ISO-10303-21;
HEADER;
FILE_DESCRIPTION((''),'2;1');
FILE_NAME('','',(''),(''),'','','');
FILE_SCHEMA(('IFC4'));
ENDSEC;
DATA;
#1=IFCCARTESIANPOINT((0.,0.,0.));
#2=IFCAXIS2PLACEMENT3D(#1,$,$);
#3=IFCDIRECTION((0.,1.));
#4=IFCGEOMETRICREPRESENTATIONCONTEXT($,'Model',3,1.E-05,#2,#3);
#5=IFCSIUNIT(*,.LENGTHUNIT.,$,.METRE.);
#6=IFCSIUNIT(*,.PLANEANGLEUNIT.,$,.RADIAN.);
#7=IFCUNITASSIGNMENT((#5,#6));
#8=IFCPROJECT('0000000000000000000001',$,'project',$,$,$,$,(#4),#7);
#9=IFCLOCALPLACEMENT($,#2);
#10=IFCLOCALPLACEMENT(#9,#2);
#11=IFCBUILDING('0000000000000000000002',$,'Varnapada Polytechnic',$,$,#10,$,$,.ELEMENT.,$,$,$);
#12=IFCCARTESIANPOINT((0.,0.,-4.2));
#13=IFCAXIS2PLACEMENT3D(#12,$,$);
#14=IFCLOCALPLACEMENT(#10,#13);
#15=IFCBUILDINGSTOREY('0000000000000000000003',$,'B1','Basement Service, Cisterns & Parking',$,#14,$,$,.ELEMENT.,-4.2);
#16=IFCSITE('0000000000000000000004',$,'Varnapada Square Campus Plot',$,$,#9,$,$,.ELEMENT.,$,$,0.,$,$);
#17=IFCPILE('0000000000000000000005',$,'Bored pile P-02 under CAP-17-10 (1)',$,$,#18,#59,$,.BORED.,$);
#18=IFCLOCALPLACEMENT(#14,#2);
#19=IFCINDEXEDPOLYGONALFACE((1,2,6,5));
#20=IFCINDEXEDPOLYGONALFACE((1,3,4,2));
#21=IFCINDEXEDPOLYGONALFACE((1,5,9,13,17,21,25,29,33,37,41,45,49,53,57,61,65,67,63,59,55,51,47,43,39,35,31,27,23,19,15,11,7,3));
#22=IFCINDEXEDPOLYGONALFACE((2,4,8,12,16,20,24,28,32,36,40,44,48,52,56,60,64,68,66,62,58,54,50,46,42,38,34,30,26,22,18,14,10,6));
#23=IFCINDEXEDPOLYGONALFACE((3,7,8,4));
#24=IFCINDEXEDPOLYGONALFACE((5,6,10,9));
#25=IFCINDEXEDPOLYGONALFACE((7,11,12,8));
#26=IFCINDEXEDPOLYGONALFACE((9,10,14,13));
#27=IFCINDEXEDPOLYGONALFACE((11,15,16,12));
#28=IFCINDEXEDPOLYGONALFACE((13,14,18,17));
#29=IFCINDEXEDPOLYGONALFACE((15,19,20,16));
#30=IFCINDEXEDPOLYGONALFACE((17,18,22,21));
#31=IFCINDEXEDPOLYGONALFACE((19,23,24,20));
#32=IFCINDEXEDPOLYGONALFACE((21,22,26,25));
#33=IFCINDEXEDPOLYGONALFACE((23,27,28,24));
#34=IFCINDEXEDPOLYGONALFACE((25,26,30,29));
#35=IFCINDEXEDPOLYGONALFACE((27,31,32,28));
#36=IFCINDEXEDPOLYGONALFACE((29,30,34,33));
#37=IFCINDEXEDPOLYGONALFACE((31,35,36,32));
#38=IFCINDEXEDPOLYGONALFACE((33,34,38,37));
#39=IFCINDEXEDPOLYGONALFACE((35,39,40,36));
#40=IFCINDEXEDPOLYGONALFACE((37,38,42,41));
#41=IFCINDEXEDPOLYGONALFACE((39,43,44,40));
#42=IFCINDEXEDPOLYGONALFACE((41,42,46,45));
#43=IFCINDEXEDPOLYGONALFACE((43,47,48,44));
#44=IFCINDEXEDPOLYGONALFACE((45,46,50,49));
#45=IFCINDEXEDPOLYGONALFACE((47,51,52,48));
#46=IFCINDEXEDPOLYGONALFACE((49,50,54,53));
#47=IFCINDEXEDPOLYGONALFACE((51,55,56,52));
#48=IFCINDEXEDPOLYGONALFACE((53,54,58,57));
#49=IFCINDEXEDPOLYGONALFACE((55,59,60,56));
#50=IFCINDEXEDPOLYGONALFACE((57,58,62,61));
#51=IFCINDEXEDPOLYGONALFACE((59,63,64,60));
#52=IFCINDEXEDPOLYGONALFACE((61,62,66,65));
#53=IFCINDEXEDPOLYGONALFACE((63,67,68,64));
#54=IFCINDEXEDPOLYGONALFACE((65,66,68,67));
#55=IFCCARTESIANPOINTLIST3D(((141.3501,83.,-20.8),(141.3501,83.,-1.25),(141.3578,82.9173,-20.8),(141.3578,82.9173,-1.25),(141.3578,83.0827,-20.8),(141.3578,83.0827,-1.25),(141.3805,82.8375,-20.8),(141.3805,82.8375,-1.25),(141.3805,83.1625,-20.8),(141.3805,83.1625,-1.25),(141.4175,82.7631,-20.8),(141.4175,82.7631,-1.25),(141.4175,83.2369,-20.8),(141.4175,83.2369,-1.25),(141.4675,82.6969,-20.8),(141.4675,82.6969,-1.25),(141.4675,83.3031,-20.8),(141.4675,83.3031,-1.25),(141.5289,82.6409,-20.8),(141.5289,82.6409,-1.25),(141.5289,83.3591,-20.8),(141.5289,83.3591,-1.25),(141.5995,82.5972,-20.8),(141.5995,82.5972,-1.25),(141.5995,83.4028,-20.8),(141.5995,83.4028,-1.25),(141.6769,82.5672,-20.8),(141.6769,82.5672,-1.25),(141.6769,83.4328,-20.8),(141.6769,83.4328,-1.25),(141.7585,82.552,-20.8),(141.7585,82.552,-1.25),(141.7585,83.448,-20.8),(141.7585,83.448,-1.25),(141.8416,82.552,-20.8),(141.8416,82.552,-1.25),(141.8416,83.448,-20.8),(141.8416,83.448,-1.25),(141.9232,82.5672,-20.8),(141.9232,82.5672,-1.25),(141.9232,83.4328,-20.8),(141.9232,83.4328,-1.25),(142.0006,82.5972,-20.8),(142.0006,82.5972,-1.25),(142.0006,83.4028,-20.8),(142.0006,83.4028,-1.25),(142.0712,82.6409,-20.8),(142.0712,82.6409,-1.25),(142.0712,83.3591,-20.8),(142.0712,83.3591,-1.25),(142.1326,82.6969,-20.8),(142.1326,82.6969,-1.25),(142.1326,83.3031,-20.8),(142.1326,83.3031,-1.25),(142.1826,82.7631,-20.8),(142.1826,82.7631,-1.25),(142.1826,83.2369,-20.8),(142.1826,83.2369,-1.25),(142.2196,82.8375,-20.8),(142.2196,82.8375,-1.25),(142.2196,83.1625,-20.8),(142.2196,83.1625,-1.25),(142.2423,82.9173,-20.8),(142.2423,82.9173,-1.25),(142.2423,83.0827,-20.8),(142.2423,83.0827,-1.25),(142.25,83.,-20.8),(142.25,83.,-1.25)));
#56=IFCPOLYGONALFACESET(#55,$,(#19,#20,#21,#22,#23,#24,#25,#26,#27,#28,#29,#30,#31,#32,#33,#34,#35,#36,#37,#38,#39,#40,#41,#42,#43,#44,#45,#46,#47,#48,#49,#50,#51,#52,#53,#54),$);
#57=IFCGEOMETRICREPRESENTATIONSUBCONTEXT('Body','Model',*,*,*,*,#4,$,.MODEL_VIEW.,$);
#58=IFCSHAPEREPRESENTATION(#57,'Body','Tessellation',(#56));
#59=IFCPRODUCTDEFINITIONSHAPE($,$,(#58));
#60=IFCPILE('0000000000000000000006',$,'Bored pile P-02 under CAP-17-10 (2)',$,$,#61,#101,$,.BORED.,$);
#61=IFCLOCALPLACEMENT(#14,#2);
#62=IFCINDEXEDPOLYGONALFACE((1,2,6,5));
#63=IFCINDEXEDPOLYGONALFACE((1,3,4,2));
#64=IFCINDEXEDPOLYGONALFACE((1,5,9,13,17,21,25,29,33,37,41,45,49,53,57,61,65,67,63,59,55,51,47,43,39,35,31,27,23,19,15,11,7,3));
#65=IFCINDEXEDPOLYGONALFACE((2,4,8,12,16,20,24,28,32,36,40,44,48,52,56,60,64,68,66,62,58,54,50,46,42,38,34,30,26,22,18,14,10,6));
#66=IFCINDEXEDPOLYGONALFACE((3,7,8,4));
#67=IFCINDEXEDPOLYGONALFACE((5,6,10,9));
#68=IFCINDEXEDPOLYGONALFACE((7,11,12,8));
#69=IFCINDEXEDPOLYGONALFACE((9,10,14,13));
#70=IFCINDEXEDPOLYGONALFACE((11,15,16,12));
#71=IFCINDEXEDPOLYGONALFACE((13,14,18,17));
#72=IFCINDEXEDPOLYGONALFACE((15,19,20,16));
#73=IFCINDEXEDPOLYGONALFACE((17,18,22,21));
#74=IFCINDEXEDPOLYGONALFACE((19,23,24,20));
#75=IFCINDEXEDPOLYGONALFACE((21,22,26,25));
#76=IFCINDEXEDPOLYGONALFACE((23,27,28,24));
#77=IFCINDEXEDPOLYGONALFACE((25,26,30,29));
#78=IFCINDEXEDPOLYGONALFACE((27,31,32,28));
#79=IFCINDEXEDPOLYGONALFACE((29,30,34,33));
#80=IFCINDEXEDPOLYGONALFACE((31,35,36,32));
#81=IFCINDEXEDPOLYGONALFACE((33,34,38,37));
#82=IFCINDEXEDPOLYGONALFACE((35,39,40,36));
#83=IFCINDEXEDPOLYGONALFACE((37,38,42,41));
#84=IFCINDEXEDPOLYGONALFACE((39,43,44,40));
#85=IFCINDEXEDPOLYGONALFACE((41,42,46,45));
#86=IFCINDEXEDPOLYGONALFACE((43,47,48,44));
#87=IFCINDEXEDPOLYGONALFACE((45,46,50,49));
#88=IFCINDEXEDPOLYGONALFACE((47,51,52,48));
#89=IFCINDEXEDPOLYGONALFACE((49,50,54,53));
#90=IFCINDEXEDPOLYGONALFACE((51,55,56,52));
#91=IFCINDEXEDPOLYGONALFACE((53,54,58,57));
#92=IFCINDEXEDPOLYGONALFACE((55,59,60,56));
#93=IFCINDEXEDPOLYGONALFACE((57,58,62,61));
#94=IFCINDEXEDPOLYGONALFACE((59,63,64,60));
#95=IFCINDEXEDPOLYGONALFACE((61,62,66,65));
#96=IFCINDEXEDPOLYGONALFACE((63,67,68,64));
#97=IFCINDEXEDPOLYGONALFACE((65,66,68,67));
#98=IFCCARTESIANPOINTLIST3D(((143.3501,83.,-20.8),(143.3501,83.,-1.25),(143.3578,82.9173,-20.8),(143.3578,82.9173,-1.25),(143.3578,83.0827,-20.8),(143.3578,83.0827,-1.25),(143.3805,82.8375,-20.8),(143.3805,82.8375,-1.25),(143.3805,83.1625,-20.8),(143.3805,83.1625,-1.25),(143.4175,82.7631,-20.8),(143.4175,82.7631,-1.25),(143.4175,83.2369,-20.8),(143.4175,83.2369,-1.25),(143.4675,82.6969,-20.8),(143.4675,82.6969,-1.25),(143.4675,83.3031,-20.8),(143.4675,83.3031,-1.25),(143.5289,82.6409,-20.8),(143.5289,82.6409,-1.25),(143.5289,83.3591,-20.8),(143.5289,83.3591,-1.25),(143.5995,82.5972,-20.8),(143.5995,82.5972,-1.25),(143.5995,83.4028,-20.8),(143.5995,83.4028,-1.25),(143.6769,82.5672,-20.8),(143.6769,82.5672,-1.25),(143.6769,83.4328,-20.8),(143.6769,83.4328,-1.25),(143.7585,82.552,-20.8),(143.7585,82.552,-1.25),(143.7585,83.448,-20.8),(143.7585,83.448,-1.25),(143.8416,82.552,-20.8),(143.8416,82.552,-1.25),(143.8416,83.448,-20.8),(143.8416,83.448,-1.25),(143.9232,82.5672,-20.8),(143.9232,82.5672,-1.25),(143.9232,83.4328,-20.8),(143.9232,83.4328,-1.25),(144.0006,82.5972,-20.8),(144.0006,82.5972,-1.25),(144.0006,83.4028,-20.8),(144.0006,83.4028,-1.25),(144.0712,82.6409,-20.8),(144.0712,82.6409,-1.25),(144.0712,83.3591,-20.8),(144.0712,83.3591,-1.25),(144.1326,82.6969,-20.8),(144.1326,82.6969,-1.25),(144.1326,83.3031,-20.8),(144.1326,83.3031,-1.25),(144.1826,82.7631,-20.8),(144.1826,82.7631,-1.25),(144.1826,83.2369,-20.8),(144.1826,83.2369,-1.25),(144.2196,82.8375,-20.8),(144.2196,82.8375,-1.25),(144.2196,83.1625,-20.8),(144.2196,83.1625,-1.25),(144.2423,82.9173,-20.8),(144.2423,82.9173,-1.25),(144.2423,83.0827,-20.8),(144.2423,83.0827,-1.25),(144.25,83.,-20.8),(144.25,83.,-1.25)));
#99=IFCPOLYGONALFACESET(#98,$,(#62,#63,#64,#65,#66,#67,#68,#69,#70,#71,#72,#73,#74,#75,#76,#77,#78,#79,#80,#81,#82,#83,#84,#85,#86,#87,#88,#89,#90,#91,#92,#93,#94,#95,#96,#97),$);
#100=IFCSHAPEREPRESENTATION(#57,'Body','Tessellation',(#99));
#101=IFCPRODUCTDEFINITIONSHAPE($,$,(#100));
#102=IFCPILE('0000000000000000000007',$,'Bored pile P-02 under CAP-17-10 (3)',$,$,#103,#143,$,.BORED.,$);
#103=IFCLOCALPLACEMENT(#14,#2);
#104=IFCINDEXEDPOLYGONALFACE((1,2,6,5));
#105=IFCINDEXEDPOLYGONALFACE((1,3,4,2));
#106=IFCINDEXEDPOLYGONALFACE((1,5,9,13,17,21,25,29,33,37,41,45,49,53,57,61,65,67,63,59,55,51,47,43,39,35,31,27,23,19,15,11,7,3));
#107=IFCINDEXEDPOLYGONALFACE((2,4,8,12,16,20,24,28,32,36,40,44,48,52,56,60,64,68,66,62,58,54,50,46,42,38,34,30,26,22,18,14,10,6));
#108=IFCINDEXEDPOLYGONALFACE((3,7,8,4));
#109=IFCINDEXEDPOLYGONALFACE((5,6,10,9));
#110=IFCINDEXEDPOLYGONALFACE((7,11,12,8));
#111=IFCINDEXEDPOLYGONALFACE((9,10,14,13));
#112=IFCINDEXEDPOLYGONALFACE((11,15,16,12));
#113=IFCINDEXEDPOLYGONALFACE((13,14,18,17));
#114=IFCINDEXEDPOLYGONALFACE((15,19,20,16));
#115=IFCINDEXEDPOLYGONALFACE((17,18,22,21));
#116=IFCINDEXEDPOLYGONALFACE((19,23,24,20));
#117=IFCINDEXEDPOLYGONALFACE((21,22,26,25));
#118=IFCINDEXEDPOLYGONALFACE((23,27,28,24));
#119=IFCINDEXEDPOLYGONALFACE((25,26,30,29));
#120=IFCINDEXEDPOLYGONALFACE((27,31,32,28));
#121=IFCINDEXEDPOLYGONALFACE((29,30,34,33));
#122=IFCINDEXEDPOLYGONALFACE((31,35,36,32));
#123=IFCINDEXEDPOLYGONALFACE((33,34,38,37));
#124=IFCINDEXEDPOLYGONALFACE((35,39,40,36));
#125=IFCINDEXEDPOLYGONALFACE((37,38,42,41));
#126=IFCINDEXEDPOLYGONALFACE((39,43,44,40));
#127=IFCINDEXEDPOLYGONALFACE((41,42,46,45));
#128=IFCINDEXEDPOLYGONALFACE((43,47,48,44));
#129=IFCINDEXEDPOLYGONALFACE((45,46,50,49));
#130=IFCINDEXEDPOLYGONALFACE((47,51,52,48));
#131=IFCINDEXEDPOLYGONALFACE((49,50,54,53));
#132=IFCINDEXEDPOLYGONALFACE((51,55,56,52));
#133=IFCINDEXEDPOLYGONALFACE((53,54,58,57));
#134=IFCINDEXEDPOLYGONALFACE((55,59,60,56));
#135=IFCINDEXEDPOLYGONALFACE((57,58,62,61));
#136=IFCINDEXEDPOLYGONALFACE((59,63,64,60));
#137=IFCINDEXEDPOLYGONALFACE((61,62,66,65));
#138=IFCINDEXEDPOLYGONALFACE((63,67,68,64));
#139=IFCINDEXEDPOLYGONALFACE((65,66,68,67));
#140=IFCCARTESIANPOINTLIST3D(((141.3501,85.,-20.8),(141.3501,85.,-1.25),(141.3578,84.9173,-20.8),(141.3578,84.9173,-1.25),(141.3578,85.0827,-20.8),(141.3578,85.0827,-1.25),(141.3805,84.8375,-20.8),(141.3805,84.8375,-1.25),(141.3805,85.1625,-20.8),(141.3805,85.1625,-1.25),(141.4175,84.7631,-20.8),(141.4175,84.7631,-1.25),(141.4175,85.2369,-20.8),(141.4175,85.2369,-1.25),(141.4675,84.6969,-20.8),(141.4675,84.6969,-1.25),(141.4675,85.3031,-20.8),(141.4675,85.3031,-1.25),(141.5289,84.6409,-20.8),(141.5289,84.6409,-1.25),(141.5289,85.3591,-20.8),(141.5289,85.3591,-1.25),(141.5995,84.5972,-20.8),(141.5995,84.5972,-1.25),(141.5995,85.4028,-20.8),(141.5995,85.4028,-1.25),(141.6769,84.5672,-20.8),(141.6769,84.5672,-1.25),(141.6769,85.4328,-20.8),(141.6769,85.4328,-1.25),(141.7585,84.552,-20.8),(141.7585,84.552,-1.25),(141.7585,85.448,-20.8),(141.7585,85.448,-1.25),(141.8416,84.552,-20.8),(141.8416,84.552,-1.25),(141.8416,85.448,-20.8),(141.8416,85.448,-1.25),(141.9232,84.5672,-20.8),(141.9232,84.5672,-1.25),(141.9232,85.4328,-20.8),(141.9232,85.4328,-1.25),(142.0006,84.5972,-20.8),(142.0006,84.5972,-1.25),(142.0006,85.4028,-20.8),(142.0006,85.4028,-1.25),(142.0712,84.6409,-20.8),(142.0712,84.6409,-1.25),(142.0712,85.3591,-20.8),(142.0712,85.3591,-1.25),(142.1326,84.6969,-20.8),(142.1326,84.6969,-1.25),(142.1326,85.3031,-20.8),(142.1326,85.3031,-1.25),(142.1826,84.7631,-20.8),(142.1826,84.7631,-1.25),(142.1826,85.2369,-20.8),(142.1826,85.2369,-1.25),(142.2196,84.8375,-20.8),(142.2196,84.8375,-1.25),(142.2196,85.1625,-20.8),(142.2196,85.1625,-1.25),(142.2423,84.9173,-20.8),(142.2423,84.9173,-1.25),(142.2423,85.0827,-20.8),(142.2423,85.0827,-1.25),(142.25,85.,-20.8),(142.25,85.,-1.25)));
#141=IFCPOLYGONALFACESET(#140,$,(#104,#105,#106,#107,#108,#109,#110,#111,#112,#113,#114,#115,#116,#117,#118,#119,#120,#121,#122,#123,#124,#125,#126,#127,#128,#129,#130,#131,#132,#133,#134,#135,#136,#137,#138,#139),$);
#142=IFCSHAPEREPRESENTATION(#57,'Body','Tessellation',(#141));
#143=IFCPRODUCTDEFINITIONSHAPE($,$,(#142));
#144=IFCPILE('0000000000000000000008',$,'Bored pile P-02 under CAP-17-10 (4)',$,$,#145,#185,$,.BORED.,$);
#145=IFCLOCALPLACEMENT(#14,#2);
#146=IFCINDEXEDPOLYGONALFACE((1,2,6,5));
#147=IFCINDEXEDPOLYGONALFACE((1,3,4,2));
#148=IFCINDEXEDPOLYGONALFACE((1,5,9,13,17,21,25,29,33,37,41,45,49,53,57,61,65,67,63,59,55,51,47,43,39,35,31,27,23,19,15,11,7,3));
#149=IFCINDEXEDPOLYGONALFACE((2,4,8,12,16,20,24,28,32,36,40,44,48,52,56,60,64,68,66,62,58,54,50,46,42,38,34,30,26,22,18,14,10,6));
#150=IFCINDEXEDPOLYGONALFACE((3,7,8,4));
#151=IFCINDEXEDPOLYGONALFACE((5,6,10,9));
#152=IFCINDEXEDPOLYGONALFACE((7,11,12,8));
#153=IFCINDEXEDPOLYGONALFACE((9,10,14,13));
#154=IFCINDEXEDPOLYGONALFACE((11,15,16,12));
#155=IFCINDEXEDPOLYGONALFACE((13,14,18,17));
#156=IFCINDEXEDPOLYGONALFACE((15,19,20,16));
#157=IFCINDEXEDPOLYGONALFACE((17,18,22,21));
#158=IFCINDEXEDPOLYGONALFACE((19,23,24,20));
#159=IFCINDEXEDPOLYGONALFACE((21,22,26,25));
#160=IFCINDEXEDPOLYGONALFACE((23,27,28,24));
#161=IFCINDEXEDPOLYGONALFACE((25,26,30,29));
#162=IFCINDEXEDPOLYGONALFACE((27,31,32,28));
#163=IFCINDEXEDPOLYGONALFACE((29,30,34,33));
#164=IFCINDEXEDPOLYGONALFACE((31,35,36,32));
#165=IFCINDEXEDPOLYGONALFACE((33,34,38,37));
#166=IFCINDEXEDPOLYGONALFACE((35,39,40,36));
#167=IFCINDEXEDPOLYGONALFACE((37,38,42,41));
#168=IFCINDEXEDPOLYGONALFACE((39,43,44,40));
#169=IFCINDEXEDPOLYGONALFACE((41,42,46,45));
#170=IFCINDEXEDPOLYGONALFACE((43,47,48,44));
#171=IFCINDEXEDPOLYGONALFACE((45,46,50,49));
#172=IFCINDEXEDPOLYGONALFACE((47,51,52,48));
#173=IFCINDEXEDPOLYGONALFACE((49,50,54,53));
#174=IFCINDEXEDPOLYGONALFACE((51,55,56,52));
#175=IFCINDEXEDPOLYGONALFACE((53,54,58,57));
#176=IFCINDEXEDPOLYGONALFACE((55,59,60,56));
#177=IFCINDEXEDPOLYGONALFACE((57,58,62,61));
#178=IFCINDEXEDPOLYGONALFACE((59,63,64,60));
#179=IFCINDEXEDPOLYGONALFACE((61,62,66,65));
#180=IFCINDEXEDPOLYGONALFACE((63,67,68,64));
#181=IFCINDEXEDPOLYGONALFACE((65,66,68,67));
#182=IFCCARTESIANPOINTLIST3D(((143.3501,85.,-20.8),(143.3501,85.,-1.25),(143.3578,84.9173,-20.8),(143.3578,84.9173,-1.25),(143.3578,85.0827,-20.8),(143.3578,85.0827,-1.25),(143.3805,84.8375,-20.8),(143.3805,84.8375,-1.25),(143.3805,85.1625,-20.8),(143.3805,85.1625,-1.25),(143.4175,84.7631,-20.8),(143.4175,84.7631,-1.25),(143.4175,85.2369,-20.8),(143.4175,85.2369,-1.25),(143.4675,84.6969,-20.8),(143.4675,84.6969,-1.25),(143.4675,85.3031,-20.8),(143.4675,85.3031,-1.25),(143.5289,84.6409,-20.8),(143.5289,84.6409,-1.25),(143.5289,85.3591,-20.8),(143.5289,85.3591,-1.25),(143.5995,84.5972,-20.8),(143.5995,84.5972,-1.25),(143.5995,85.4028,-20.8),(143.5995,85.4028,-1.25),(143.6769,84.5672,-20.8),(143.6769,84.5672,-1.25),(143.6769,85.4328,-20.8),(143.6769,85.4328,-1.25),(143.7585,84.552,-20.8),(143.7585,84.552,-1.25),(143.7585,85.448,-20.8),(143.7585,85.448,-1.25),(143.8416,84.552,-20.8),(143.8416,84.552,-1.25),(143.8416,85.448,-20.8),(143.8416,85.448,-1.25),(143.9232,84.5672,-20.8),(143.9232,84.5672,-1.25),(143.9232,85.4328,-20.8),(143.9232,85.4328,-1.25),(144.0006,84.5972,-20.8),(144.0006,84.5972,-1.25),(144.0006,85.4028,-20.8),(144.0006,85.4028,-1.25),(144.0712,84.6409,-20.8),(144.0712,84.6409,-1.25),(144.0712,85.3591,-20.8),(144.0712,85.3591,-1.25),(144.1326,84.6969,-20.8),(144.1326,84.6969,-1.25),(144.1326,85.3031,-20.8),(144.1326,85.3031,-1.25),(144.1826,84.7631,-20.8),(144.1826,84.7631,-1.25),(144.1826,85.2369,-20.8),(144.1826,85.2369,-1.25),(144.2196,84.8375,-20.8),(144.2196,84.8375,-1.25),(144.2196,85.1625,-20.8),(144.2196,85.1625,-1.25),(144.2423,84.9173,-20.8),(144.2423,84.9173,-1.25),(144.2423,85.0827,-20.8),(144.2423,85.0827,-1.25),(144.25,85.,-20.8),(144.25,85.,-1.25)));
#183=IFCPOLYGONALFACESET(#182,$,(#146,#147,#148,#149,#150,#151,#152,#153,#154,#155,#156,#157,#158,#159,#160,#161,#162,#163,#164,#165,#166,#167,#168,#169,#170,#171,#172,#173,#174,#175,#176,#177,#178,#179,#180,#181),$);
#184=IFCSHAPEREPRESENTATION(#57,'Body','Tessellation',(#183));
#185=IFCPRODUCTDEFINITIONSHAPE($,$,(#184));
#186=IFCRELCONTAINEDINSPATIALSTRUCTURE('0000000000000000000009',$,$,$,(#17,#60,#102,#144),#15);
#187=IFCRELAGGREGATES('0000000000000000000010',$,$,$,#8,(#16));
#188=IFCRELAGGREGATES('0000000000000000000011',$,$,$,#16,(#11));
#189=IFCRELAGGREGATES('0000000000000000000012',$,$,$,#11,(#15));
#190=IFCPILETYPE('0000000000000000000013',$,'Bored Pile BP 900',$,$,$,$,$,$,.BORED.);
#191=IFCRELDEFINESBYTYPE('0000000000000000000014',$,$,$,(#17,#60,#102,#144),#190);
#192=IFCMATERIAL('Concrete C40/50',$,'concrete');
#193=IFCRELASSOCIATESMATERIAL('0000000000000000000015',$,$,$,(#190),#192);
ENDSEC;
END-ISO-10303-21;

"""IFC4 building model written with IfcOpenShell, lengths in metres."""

from ifc_helpers import new_model, si_unit, direction, frame, origin, origin_2d, place, context, subcontext, project, spatial, circle, extrude, material, material_profile, profile_set, type_object, element, save


model = new_model("IFC4")

# Units and contexts
model_context = context("Model", 3, precision=1e-05, world=origin(), true_north=direction((0.0, 1.0)))
body_context = subcontext(model_context, "Body", "Model", "MODEL_VIEW")
ifc_project = project(units=[si_unit("LENGTHUNIT", "METRE"), si_unit("PLANEANGLEUNIT", "RADIAN")], contexts=[model_context])

# Site, building, storey
site_placement = place(None, origin())
site = spatial("IfcSite", under=ifc_project, at=site_placement, Name="Varnapada Square Campus Plot", CompositionType="ELEMENT", RefElevation=0.0)
building_placement = place(site_placement, origin())
building = spatial("IfcBuilding", under=site, at=building_placement, Name="Varnapada Polytechnic", CompositionType="ELEMENT")
storey_placement = place(building_placement, frame((0.0, 0.0, -4.2)))
storey = spatial("IfcBuildingStorey", under=building, at=storey_placement, Name="B1", Description="Basement Service, Cisterns & Parking", CompositionType="ELEMENT", Elevation=-4.2)

# Piles
ifc_material_1 = material(Name="Concrete C40/50", Category="concrete")
ifc_material_profile_1 = material_profile(ifc_material_1, circle(Radius=0.45, at=origin_2d()), Name="BP 900")
ifc_profile_set_1 = profile_set([ifc_material_profile_1], Name="Concrete C40/50")
pile_type = type_object("IfcPileType", Name="Bored Pile BP 900", PredefinedType="BORED", material=ifc_profile_set_1)
for number, where, z_axis, x_axis, name in (
    (1, (141.8, 83.0, -1.25), (0.0, 0.0, -1.0), (1.0, 0.0, 0.0), "Bored pile P-02 under CAP-17-10 (1)"),
    (2, (143.8, 83.0, -1.25), (0.0, 0.0, -1.0), (1.0, 0.0, 0.0), "Bored pile P-02 under CAP-17-10 (2)"),
    (3, (141.8, 85.0, -1.25), (0.0, 0.0, -1.0), (1.0, 0.0, 0.0), "Bored pile P-02 under CAP-17-10 (3)"),
    (4, (143.8, 85.0, -1.25), (0.0, 0.0, -1.0), (1.0, 0.0, 0.0), "Bored pile P-02 under CAP-17-10 (4)"),
):
    element("IfcPile", number, at=place(storey_placement, frame(where, z_axis=z_axis, x_axis=x_axis)), inside=storey, type_object=pile_type, Name=name, PredefinedType="BORED", context=body_context, shape_type="SweptSolid", body=[
        extrude(circle(Radius=0.45, at=origin_2d()), origin(), (0.0, 0.0, 1.0), 19.55),
    ])

save(model, "model.ifc")
